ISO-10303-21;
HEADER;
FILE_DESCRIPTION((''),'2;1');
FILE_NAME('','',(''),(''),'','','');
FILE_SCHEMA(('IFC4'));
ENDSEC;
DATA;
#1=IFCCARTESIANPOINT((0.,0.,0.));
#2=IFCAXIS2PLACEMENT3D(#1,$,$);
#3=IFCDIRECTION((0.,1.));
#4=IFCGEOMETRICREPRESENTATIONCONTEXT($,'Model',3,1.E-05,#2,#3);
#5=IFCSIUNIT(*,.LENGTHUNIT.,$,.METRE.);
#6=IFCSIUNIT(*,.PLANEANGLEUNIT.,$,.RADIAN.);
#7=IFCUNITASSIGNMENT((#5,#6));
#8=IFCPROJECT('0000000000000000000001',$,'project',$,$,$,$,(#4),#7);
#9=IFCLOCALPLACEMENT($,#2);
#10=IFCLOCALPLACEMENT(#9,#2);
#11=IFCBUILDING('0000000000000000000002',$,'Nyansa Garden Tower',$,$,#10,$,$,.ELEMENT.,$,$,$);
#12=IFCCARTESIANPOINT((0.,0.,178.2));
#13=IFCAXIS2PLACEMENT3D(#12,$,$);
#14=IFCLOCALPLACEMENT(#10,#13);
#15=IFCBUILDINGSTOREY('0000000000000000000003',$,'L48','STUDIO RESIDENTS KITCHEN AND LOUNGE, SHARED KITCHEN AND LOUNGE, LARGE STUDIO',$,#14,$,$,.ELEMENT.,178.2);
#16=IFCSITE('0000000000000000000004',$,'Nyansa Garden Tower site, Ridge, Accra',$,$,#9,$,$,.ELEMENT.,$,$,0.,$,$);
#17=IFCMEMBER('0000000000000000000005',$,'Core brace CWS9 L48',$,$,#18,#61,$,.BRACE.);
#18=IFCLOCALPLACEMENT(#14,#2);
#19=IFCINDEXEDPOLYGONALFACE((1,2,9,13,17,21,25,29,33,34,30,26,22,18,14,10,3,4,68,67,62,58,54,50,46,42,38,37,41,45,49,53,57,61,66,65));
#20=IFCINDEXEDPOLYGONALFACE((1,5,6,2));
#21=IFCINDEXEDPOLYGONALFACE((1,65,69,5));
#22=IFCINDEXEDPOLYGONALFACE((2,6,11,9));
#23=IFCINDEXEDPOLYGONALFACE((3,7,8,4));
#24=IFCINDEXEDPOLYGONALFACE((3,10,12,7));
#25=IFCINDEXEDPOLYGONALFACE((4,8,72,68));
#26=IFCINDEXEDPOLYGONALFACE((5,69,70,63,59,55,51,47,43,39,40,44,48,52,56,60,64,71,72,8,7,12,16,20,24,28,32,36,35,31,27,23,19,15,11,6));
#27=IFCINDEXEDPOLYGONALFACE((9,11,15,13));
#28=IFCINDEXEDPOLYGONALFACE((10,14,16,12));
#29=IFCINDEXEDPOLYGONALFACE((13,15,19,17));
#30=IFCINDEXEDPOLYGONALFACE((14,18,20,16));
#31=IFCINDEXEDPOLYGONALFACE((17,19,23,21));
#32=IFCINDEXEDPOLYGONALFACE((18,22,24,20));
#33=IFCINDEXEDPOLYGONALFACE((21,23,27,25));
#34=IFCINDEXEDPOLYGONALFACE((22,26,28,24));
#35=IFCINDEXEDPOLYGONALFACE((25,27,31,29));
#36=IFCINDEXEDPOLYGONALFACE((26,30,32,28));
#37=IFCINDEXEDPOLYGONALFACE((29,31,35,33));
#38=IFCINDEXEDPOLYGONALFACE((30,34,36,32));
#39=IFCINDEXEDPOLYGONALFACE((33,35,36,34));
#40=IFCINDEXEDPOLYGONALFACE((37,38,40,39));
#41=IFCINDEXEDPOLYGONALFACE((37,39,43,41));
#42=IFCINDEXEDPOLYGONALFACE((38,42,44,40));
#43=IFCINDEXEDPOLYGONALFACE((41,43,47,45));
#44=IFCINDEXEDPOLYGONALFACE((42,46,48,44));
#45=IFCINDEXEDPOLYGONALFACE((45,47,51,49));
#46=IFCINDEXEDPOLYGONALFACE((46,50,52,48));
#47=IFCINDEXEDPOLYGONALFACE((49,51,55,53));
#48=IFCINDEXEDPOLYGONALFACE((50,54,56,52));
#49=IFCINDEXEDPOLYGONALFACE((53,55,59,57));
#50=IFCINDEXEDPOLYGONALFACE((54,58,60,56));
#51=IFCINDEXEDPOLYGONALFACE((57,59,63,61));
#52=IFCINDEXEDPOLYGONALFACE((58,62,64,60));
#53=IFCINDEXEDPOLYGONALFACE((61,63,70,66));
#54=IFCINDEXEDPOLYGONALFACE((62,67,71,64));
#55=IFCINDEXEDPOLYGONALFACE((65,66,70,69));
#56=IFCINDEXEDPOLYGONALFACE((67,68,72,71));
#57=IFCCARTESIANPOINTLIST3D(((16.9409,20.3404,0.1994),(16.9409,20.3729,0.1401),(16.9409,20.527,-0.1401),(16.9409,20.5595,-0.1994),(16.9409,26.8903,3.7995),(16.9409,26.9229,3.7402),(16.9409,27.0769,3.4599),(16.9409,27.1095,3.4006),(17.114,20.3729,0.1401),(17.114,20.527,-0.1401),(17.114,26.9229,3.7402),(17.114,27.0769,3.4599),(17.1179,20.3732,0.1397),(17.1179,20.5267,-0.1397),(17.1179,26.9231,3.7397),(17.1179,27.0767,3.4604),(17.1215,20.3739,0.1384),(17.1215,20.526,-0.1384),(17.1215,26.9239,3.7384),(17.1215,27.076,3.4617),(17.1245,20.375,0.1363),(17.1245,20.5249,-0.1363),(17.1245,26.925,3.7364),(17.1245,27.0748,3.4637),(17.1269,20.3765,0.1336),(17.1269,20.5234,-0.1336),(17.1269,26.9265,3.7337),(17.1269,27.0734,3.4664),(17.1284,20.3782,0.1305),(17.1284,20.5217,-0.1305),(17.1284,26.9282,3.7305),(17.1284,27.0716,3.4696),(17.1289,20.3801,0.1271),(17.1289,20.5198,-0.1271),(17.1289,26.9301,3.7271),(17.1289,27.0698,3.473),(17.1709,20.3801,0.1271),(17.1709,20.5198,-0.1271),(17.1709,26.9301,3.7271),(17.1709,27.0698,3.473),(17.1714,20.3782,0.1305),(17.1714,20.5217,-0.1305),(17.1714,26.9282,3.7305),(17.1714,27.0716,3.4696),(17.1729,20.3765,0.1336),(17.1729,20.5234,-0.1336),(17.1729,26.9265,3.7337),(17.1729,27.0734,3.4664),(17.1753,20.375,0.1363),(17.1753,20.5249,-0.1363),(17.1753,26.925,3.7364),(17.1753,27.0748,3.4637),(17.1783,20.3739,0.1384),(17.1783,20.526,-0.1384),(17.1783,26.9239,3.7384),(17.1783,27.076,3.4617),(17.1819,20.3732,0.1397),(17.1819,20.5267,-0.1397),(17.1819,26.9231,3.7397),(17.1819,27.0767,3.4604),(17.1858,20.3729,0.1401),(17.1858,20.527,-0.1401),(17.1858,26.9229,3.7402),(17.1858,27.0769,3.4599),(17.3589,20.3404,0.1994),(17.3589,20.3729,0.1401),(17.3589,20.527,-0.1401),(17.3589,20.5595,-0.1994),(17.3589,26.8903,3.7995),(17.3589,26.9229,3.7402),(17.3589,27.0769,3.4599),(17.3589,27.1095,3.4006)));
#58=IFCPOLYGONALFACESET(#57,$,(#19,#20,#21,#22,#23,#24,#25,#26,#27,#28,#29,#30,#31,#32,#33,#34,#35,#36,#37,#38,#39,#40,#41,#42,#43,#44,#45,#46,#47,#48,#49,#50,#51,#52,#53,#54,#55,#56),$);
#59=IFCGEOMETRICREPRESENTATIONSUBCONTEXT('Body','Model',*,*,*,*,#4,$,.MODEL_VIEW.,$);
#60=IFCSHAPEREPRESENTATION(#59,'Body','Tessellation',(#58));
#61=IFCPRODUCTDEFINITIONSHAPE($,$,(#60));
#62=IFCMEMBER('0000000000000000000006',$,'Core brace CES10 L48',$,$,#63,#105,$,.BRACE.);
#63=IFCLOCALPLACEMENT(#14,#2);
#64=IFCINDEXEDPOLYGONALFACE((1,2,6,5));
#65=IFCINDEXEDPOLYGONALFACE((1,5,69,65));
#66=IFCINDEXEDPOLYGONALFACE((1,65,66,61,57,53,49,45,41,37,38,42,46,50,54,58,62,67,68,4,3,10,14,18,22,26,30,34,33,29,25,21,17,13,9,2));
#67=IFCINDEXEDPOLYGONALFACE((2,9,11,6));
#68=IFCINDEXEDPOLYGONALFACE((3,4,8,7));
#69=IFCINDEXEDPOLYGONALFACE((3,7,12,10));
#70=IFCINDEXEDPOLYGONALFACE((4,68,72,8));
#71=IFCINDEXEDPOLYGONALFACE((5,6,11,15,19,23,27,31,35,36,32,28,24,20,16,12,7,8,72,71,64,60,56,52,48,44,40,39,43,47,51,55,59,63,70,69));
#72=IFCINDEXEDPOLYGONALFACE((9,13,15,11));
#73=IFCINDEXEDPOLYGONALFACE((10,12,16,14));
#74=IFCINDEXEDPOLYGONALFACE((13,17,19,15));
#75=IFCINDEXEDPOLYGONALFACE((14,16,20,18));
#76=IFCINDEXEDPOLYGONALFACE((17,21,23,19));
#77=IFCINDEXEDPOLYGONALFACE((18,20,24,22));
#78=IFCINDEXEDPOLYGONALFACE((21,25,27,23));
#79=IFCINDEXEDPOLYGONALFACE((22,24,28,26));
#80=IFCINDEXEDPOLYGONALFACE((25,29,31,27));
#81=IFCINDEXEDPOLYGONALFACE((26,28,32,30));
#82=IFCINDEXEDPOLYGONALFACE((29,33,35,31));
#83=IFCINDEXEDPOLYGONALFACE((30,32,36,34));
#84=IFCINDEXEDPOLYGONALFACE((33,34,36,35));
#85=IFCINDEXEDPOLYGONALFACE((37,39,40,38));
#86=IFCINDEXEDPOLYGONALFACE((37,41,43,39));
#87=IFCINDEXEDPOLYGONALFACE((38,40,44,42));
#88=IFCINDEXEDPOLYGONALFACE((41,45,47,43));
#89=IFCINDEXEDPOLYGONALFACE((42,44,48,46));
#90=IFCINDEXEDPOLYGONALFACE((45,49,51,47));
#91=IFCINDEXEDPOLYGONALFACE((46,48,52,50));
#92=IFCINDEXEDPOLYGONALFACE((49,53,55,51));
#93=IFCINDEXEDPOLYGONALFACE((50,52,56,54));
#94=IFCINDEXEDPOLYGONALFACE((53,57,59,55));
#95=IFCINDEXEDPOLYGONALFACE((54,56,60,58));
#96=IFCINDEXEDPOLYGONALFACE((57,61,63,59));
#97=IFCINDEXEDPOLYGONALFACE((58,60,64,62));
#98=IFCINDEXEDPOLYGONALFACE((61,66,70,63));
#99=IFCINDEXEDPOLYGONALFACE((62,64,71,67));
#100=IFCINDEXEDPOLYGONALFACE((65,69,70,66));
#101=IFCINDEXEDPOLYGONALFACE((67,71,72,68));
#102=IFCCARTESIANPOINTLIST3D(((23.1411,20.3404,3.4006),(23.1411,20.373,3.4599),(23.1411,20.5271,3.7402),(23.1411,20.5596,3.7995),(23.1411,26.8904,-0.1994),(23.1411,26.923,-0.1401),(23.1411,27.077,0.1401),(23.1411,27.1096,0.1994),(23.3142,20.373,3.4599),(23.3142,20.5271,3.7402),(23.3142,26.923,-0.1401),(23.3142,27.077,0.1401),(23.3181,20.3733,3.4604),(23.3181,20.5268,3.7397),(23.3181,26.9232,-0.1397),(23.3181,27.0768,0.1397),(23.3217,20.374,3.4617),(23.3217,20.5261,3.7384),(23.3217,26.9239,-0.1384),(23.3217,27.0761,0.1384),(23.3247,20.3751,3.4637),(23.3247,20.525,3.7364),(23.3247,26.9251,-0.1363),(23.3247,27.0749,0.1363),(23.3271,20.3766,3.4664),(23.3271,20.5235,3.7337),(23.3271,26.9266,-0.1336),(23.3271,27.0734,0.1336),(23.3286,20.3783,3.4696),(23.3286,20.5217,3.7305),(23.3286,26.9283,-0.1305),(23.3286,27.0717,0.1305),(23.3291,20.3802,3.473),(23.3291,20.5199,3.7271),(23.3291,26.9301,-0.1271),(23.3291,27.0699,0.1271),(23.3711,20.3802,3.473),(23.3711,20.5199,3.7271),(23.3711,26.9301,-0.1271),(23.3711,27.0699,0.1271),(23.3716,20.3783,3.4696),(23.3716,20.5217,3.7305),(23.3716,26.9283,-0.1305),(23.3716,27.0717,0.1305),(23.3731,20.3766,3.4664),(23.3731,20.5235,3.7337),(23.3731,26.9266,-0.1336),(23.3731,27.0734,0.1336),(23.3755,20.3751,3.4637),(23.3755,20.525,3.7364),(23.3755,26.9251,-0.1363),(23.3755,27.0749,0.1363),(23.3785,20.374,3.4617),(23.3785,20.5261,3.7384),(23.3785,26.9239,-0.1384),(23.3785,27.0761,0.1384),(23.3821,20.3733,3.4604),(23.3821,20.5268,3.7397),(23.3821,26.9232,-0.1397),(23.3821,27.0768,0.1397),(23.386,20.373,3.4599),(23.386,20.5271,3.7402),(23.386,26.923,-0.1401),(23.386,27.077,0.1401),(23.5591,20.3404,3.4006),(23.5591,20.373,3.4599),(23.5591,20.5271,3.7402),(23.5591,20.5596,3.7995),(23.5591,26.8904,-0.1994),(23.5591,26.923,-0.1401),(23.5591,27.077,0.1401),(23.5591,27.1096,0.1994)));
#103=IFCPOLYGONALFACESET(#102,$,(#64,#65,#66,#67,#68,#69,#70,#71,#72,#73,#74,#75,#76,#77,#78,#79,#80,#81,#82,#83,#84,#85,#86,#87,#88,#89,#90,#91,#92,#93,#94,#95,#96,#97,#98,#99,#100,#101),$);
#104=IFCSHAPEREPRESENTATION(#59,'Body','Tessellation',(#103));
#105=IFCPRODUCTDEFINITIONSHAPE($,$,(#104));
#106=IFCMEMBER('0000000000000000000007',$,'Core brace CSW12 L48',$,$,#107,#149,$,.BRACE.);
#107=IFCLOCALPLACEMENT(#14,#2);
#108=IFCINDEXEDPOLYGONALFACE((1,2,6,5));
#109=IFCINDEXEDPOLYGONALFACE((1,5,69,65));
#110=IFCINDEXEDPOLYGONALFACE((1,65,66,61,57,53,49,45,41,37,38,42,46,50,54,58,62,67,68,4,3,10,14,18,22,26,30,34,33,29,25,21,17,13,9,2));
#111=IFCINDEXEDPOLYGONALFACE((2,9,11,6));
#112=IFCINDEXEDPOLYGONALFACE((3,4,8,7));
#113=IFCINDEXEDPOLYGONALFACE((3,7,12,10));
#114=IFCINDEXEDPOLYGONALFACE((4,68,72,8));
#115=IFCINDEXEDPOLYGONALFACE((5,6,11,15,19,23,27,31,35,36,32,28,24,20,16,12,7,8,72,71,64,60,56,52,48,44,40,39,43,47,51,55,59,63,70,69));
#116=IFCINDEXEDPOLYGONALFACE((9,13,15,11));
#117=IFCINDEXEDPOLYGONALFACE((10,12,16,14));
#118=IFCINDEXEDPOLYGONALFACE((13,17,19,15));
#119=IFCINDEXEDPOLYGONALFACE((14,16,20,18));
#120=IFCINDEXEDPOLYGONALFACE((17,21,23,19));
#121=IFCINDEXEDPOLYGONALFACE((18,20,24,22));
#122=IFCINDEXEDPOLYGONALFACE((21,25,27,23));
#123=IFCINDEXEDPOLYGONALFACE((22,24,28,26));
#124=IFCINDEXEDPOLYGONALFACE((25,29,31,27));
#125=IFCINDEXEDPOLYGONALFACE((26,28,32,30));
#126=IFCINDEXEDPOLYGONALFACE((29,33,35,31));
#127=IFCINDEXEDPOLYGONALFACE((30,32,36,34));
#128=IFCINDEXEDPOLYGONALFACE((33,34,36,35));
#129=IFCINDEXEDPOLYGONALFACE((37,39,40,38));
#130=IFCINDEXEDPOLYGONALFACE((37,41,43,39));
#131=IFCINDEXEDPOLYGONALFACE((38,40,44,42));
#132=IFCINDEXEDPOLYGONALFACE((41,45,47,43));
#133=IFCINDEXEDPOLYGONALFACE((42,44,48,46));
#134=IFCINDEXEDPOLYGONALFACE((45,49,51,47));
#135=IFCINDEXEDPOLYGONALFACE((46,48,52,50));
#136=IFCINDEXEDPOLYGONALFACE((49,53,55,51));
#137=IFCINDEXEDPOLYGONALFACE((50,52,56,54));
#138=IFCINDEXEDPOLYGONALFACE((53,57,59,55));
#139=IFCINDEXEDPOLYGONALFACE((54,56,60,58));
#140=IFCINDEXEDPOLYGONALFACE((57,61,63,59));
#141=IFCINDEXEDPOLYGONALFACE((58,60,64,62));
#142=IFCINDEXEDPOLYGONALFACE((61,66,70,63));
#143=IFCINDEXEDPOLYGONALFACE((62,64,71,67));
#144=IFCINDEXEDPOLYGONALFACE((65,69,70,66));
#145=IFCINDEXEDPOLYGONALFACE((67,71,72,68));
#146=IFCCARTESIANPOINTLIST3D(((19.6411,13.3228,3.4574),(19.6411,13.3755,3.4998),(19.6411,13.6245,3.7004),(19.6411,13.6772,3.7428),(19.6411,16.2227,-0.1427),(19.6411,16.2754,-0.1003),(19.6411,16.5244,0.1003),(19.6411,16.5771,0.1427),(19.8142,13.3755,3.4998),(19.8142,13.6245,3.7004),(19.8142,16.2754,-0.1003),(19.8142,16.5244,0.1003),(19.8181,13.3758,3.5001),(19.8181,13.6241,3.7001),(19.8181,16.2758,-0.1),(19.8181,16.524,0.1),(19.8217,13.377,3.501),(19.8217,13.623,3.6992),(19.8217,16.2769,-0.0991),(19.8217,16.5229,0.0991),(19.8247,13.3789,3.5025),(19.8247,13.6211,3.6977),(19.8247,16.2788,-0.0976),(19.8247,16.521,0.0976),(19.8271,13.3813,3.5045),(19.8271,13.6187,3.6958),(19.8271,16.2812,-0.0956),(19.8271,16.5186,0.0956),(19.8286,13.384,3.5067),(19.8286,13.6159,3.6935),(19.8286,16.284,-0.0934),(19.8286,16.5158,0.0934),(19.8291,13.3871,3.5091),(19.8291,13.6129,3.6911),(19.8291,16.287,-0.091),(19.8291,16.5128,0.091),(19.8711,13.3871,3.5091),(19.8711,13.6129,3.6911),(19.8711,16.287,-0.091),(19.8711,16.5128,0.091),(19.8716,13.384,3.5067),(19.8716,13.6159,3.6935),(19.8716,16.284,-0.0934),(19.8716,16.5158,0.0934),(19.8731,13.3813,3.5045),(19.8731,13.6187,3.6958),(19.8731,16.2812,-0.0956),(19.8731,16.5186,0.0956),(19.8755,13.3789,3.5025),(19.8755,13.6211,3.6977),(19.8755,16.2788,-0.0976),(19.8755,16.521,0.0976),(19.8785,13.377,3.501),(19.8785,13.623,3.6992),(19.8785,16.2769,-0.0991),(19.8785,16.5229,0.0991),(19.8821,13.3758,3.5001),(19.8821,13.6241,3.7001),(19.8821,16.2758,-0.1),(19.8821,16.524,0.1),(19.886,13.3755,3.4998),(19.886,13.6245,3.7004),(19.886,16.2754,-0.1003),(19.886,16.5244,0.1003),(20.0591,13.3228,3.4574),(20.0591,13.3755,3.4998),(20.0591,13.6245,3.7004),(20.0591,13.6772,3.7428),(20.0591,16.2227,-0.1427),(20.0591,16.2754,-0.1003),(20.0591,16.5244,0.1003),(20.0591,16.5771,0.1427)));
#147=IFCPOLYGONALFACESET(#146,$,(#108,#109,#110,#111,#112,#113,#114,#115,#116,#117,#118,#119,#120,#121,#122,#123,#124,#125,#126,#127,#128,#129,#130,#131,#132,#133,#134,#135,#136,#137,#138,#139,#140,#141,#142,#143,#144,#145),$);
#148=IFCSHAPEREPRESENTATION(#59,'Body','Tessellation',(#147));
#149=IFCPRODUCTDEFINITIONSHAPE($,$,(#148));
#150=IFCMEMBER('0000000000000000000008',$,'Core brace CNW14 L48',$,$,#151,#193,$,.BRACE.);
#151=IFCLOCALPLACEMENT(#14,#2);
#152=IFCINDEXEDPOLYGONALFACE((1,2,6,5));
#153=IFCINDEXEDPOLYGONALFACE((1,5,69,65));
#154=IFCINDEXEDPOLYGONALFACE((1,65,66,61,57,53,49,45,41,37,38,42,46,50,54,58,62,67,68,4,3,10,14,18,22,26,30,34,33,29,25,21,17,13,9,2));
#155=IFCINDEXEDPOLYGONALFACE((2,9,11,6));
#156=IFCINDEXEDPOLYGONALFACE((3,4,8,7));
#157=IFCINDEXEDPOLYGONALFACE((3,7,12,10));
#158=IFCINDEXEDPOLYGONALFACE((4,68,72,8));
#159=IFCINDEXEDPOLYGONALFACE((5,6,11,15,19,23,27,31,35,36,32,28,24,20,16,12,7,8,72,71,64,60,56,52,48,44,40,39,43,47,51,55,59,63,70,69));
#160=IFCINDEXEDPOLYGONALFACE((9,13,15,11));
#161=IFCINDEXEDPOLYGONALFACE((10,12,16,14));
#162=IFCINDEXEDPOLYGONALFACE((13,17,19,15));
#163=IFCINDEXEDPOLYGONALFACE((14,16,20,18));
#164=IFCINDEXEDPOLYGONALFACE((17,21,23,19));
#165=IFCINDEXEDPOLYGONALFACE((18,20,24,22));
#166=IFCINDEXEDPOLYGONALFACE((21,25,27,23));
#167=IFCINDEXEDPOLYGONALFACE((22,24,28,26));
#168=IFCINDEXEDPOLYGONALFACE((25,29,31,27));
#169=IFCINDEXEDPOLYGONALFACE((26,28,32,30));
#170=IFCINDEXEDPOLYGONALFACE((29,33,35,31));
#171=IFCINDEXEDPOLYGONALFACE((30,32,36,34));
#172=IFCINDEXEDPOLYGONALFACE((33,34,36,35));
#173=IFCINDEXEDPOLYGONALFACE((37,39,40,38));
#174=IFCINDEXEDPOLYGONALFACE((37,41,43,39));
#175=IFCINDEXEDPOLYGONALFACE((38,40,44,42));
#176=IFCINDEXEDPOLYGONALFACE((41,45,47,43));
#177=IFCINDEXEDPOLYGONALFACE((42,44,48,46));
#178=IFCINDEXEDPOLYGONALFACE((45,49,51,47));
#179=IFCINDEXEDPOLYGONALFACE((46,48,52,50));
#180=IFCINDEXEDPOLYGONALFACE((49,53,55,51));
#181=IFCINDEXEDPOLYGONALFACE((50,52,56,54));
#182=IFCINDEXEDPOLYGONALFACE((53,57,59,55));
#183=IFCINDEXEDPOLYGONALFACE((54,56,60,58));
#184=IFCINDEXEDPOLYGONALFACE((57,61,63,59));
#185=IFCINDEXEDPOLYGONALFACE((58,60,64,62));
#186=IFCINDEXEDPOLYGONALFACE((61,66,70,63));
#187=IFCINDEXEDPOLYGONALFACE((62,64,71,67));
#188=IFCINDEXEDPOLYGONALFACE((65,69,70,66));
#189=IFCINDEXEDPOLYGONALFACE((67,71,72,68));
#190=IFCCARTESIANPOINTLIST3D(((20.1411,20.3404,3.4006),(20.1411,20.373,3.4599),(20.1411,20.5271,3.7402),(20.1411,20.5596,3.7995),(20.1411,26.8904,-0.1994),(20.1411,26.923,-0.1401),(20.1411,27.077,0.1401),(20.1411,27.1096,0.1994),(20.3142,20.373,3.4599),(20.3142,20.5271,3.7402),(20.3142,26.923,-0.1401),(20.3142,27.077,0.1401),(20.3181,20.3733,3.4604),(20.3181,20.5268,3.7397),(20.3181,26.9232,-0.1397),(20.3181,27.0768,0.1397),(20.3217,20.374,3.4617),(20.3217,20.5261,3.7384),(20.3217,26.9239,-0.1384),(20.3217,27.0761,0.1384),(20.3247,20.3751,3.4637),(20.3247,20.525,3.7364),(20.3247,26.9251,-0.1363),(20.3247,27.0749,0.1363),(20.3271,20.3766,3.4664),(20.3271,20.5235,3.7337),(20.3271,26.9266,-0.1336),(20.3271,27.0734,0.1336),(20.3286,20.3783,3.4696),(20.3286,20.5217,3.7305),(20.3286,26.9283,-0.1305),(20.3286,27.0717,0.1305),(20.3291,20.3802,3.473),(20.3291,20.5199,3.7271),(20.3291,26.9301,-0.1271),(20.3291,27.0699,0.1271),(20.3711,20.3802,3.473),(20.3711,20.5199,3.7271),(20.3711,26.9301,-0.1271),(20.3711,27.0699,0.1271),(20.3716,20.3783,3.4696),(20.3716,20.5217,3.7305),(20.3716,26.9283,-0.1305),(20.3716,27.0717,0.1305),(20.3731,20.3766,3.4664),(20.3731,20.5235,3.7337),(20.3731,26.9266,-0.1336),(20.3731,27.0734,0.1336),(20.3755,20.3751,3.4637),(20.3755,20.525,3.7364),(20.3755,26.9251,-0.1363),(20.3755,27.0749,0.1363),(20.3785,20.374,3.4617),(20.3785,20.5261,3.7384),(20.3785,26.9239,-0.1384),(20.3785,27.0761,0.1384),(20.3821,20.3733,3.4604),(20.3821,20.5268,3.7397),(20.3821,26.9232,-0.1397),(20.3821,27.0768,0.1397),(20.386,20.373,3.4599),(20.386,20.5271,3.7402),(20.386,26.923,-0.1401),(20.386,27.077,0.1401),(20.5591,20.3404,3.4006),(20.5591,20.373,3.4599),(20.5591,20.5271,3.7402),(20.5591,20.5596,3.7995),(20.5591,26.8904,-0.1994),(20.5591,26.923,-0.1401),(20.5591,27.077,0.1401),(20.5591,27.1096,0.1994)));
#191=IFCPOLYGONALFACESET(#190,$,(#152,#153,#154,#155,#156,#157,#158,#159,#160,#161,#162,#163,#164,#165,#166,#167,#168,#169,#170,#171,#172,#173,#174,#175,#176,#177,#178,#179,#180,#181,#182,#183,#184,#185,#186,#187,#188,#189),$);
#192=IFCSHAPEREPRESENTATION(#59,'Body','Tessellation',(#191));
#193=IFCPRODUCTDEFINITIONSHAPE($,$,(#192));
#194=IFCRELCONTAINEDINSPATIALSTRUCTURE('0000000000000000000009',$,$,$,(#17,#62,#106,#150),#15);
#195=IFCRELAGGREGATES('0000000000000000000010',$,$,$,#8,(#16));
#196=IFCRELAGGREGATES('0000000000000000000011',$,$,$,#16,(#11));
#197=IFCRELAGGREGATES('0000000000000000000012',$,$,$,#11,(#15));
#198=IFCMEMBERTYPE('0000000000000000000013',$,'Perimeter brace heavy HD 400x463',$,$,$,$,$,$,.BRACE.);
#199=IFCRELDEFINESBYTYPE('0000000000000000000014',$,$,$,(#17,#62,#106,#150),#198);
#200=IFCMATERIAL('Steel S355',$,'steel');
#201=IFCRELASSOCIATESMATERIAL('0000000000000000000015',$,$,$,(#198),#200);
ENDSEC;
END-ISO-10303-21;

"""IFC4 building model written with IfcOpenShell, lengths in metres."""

from ifc_helpers import new_model, si_unit, direction, frame, origin, origin_2d, place, context, subcontext, project, spatial, i_section, extrude, material, material_profile, profile_set, type_object, element, save


model = new_model("IFC4")

# Units and contexts
model_context = context("Model", 3, precision=1e-05, world=origin(), true_north=direction((0.0, 1.0)))
body_context = subcontext(model_context, "Body", "Model", "MODEL_VIEW")
ifc_project = project(units=[si_unit("LENGTHUNIT", "METRE"), si_unit("PLANEANGLEUNIT", "RADIAN")], contexts=[model_context])

# Site, building, storey
site_placement = place(None, origin())
site = spatial("IfcSite", under=ifc_project, at=site_placement, Name="Nyansa Garden Tower site, Ridge, Accra", CompositionType="ELEMENT", RefElevation=0.0)
building_placement = place(site_placement, origin())
building = spatial("IfcBuilding", under=site, at=building_placement, Name="Nyansa Garden Tower", CompositionType="ELEMENT")
storey_placement = place(building_placement, frame((0.0, 0.0, 178.2)))
storey = spatial("IfcBuildingStorey", under=building, at=storey_placement, Name="L48", Description="STUDIO RESIDENTS KITCHEN AND LOUNGE, SHARED KITCHEN AND LOUNGE, LARGE STUDIO", CompositionType="ELEMENT", Elevation=178.2)

# Members
ifc_material_1 = material(Name="Steel S355", Category="steel")
ifc_material_profile = material_profile(ifc_material_1, i_section(OverallWidth=0.418, OverallDepth=0.4551, WebThickness=0.042, FlangeThickness=0.0676, FilletRadius=0.0149, at=origin_2d()), Name="HD 400x463")
ifc_profile_set = profile_set([ifc_material_profile], Name="Steel S355")
member_type = type_object("IfcMemberType", Name="Perimeter brace heavy HD 400x463", PredefinedType="BRACE", material=ifc_profile_set)
for number, where, z_axis, x_axis, name in (
    (1, (17.1499, 20.45, 0.0), (0.0, 0.876353, 0.481669), (-1.0, 0.0, 0.0), "Core brace CWS9 L48"),
    (2, (23.3501, 27.0, 0.0), (0.0, -0.876353, 0.481669), (1.0, 0.0, 0.0), "Core brace CES10 L48"),
):
    element("IfcMember", number, at=place(storey_placement, frame(where, z_axis=z_axis, x_axis=x_axis)), inside=storey, type_object=member_type, Name=name, PredefinedType="BRACE", context=body_context, shape_type="SweptSolid", body=[
        extrude(i_section(OverallWidth=0.418, OverallDepth=0.4551, WebThickness=0.042, FlangeThickness=0.0676, FilletRadius=0.0149, at=origin_2d()), origin(), (0.0, 0.0, 1.0), 7.4741),
    ])
member_1_placement = place(storey_placement, frame((19.8501, 16.3999, 0.0), z_axis=(0.0, -0.627306, 0.778773), x_axis=(1.0, 0.0, 0.0)))
element("IfcMember", 3, at=member_1_placement, inside=storey, type_object=member_type, Name="Core brace CSW12 L48", PredefinedType="BRACE", context=body_context, shape_type="SweptSolid", body=[
    extrude(i_section(OverallWidth=0.418, OverallDepth=0.4551, WebThickness=0.042, FlangeThickness=0.0676, FilletRadius=0.0149, at=origin_2d()), origin(), (0.0, 0.0, 1.0), 4.6228),
])
member_2_placement = place(storey_placement, frame((20.3501, 27.0, 0.0), z_axis=(0.0, -0.876353, 0.481669), x_axis=(1.0, 0.0, 0.0)))
element("IfcMember", 4, at=member_2_placement, inside=storey, type_object=member_type, Name="Core brace CNW14 L48", PredefinedType="BRACE", context=body_context, shape_type="SweptSolid", body=[
    extrude(i_section(OverallWidth=0.418, OverallDepth=0.4551, WebThickness=0.042, FlangeThickness=0.0676, FilletRadius=0.0149, at=origin_2d()), origin(), (0.0, 0.0, 1.0), 7.4741),
])

save(model, "model.ifc")
